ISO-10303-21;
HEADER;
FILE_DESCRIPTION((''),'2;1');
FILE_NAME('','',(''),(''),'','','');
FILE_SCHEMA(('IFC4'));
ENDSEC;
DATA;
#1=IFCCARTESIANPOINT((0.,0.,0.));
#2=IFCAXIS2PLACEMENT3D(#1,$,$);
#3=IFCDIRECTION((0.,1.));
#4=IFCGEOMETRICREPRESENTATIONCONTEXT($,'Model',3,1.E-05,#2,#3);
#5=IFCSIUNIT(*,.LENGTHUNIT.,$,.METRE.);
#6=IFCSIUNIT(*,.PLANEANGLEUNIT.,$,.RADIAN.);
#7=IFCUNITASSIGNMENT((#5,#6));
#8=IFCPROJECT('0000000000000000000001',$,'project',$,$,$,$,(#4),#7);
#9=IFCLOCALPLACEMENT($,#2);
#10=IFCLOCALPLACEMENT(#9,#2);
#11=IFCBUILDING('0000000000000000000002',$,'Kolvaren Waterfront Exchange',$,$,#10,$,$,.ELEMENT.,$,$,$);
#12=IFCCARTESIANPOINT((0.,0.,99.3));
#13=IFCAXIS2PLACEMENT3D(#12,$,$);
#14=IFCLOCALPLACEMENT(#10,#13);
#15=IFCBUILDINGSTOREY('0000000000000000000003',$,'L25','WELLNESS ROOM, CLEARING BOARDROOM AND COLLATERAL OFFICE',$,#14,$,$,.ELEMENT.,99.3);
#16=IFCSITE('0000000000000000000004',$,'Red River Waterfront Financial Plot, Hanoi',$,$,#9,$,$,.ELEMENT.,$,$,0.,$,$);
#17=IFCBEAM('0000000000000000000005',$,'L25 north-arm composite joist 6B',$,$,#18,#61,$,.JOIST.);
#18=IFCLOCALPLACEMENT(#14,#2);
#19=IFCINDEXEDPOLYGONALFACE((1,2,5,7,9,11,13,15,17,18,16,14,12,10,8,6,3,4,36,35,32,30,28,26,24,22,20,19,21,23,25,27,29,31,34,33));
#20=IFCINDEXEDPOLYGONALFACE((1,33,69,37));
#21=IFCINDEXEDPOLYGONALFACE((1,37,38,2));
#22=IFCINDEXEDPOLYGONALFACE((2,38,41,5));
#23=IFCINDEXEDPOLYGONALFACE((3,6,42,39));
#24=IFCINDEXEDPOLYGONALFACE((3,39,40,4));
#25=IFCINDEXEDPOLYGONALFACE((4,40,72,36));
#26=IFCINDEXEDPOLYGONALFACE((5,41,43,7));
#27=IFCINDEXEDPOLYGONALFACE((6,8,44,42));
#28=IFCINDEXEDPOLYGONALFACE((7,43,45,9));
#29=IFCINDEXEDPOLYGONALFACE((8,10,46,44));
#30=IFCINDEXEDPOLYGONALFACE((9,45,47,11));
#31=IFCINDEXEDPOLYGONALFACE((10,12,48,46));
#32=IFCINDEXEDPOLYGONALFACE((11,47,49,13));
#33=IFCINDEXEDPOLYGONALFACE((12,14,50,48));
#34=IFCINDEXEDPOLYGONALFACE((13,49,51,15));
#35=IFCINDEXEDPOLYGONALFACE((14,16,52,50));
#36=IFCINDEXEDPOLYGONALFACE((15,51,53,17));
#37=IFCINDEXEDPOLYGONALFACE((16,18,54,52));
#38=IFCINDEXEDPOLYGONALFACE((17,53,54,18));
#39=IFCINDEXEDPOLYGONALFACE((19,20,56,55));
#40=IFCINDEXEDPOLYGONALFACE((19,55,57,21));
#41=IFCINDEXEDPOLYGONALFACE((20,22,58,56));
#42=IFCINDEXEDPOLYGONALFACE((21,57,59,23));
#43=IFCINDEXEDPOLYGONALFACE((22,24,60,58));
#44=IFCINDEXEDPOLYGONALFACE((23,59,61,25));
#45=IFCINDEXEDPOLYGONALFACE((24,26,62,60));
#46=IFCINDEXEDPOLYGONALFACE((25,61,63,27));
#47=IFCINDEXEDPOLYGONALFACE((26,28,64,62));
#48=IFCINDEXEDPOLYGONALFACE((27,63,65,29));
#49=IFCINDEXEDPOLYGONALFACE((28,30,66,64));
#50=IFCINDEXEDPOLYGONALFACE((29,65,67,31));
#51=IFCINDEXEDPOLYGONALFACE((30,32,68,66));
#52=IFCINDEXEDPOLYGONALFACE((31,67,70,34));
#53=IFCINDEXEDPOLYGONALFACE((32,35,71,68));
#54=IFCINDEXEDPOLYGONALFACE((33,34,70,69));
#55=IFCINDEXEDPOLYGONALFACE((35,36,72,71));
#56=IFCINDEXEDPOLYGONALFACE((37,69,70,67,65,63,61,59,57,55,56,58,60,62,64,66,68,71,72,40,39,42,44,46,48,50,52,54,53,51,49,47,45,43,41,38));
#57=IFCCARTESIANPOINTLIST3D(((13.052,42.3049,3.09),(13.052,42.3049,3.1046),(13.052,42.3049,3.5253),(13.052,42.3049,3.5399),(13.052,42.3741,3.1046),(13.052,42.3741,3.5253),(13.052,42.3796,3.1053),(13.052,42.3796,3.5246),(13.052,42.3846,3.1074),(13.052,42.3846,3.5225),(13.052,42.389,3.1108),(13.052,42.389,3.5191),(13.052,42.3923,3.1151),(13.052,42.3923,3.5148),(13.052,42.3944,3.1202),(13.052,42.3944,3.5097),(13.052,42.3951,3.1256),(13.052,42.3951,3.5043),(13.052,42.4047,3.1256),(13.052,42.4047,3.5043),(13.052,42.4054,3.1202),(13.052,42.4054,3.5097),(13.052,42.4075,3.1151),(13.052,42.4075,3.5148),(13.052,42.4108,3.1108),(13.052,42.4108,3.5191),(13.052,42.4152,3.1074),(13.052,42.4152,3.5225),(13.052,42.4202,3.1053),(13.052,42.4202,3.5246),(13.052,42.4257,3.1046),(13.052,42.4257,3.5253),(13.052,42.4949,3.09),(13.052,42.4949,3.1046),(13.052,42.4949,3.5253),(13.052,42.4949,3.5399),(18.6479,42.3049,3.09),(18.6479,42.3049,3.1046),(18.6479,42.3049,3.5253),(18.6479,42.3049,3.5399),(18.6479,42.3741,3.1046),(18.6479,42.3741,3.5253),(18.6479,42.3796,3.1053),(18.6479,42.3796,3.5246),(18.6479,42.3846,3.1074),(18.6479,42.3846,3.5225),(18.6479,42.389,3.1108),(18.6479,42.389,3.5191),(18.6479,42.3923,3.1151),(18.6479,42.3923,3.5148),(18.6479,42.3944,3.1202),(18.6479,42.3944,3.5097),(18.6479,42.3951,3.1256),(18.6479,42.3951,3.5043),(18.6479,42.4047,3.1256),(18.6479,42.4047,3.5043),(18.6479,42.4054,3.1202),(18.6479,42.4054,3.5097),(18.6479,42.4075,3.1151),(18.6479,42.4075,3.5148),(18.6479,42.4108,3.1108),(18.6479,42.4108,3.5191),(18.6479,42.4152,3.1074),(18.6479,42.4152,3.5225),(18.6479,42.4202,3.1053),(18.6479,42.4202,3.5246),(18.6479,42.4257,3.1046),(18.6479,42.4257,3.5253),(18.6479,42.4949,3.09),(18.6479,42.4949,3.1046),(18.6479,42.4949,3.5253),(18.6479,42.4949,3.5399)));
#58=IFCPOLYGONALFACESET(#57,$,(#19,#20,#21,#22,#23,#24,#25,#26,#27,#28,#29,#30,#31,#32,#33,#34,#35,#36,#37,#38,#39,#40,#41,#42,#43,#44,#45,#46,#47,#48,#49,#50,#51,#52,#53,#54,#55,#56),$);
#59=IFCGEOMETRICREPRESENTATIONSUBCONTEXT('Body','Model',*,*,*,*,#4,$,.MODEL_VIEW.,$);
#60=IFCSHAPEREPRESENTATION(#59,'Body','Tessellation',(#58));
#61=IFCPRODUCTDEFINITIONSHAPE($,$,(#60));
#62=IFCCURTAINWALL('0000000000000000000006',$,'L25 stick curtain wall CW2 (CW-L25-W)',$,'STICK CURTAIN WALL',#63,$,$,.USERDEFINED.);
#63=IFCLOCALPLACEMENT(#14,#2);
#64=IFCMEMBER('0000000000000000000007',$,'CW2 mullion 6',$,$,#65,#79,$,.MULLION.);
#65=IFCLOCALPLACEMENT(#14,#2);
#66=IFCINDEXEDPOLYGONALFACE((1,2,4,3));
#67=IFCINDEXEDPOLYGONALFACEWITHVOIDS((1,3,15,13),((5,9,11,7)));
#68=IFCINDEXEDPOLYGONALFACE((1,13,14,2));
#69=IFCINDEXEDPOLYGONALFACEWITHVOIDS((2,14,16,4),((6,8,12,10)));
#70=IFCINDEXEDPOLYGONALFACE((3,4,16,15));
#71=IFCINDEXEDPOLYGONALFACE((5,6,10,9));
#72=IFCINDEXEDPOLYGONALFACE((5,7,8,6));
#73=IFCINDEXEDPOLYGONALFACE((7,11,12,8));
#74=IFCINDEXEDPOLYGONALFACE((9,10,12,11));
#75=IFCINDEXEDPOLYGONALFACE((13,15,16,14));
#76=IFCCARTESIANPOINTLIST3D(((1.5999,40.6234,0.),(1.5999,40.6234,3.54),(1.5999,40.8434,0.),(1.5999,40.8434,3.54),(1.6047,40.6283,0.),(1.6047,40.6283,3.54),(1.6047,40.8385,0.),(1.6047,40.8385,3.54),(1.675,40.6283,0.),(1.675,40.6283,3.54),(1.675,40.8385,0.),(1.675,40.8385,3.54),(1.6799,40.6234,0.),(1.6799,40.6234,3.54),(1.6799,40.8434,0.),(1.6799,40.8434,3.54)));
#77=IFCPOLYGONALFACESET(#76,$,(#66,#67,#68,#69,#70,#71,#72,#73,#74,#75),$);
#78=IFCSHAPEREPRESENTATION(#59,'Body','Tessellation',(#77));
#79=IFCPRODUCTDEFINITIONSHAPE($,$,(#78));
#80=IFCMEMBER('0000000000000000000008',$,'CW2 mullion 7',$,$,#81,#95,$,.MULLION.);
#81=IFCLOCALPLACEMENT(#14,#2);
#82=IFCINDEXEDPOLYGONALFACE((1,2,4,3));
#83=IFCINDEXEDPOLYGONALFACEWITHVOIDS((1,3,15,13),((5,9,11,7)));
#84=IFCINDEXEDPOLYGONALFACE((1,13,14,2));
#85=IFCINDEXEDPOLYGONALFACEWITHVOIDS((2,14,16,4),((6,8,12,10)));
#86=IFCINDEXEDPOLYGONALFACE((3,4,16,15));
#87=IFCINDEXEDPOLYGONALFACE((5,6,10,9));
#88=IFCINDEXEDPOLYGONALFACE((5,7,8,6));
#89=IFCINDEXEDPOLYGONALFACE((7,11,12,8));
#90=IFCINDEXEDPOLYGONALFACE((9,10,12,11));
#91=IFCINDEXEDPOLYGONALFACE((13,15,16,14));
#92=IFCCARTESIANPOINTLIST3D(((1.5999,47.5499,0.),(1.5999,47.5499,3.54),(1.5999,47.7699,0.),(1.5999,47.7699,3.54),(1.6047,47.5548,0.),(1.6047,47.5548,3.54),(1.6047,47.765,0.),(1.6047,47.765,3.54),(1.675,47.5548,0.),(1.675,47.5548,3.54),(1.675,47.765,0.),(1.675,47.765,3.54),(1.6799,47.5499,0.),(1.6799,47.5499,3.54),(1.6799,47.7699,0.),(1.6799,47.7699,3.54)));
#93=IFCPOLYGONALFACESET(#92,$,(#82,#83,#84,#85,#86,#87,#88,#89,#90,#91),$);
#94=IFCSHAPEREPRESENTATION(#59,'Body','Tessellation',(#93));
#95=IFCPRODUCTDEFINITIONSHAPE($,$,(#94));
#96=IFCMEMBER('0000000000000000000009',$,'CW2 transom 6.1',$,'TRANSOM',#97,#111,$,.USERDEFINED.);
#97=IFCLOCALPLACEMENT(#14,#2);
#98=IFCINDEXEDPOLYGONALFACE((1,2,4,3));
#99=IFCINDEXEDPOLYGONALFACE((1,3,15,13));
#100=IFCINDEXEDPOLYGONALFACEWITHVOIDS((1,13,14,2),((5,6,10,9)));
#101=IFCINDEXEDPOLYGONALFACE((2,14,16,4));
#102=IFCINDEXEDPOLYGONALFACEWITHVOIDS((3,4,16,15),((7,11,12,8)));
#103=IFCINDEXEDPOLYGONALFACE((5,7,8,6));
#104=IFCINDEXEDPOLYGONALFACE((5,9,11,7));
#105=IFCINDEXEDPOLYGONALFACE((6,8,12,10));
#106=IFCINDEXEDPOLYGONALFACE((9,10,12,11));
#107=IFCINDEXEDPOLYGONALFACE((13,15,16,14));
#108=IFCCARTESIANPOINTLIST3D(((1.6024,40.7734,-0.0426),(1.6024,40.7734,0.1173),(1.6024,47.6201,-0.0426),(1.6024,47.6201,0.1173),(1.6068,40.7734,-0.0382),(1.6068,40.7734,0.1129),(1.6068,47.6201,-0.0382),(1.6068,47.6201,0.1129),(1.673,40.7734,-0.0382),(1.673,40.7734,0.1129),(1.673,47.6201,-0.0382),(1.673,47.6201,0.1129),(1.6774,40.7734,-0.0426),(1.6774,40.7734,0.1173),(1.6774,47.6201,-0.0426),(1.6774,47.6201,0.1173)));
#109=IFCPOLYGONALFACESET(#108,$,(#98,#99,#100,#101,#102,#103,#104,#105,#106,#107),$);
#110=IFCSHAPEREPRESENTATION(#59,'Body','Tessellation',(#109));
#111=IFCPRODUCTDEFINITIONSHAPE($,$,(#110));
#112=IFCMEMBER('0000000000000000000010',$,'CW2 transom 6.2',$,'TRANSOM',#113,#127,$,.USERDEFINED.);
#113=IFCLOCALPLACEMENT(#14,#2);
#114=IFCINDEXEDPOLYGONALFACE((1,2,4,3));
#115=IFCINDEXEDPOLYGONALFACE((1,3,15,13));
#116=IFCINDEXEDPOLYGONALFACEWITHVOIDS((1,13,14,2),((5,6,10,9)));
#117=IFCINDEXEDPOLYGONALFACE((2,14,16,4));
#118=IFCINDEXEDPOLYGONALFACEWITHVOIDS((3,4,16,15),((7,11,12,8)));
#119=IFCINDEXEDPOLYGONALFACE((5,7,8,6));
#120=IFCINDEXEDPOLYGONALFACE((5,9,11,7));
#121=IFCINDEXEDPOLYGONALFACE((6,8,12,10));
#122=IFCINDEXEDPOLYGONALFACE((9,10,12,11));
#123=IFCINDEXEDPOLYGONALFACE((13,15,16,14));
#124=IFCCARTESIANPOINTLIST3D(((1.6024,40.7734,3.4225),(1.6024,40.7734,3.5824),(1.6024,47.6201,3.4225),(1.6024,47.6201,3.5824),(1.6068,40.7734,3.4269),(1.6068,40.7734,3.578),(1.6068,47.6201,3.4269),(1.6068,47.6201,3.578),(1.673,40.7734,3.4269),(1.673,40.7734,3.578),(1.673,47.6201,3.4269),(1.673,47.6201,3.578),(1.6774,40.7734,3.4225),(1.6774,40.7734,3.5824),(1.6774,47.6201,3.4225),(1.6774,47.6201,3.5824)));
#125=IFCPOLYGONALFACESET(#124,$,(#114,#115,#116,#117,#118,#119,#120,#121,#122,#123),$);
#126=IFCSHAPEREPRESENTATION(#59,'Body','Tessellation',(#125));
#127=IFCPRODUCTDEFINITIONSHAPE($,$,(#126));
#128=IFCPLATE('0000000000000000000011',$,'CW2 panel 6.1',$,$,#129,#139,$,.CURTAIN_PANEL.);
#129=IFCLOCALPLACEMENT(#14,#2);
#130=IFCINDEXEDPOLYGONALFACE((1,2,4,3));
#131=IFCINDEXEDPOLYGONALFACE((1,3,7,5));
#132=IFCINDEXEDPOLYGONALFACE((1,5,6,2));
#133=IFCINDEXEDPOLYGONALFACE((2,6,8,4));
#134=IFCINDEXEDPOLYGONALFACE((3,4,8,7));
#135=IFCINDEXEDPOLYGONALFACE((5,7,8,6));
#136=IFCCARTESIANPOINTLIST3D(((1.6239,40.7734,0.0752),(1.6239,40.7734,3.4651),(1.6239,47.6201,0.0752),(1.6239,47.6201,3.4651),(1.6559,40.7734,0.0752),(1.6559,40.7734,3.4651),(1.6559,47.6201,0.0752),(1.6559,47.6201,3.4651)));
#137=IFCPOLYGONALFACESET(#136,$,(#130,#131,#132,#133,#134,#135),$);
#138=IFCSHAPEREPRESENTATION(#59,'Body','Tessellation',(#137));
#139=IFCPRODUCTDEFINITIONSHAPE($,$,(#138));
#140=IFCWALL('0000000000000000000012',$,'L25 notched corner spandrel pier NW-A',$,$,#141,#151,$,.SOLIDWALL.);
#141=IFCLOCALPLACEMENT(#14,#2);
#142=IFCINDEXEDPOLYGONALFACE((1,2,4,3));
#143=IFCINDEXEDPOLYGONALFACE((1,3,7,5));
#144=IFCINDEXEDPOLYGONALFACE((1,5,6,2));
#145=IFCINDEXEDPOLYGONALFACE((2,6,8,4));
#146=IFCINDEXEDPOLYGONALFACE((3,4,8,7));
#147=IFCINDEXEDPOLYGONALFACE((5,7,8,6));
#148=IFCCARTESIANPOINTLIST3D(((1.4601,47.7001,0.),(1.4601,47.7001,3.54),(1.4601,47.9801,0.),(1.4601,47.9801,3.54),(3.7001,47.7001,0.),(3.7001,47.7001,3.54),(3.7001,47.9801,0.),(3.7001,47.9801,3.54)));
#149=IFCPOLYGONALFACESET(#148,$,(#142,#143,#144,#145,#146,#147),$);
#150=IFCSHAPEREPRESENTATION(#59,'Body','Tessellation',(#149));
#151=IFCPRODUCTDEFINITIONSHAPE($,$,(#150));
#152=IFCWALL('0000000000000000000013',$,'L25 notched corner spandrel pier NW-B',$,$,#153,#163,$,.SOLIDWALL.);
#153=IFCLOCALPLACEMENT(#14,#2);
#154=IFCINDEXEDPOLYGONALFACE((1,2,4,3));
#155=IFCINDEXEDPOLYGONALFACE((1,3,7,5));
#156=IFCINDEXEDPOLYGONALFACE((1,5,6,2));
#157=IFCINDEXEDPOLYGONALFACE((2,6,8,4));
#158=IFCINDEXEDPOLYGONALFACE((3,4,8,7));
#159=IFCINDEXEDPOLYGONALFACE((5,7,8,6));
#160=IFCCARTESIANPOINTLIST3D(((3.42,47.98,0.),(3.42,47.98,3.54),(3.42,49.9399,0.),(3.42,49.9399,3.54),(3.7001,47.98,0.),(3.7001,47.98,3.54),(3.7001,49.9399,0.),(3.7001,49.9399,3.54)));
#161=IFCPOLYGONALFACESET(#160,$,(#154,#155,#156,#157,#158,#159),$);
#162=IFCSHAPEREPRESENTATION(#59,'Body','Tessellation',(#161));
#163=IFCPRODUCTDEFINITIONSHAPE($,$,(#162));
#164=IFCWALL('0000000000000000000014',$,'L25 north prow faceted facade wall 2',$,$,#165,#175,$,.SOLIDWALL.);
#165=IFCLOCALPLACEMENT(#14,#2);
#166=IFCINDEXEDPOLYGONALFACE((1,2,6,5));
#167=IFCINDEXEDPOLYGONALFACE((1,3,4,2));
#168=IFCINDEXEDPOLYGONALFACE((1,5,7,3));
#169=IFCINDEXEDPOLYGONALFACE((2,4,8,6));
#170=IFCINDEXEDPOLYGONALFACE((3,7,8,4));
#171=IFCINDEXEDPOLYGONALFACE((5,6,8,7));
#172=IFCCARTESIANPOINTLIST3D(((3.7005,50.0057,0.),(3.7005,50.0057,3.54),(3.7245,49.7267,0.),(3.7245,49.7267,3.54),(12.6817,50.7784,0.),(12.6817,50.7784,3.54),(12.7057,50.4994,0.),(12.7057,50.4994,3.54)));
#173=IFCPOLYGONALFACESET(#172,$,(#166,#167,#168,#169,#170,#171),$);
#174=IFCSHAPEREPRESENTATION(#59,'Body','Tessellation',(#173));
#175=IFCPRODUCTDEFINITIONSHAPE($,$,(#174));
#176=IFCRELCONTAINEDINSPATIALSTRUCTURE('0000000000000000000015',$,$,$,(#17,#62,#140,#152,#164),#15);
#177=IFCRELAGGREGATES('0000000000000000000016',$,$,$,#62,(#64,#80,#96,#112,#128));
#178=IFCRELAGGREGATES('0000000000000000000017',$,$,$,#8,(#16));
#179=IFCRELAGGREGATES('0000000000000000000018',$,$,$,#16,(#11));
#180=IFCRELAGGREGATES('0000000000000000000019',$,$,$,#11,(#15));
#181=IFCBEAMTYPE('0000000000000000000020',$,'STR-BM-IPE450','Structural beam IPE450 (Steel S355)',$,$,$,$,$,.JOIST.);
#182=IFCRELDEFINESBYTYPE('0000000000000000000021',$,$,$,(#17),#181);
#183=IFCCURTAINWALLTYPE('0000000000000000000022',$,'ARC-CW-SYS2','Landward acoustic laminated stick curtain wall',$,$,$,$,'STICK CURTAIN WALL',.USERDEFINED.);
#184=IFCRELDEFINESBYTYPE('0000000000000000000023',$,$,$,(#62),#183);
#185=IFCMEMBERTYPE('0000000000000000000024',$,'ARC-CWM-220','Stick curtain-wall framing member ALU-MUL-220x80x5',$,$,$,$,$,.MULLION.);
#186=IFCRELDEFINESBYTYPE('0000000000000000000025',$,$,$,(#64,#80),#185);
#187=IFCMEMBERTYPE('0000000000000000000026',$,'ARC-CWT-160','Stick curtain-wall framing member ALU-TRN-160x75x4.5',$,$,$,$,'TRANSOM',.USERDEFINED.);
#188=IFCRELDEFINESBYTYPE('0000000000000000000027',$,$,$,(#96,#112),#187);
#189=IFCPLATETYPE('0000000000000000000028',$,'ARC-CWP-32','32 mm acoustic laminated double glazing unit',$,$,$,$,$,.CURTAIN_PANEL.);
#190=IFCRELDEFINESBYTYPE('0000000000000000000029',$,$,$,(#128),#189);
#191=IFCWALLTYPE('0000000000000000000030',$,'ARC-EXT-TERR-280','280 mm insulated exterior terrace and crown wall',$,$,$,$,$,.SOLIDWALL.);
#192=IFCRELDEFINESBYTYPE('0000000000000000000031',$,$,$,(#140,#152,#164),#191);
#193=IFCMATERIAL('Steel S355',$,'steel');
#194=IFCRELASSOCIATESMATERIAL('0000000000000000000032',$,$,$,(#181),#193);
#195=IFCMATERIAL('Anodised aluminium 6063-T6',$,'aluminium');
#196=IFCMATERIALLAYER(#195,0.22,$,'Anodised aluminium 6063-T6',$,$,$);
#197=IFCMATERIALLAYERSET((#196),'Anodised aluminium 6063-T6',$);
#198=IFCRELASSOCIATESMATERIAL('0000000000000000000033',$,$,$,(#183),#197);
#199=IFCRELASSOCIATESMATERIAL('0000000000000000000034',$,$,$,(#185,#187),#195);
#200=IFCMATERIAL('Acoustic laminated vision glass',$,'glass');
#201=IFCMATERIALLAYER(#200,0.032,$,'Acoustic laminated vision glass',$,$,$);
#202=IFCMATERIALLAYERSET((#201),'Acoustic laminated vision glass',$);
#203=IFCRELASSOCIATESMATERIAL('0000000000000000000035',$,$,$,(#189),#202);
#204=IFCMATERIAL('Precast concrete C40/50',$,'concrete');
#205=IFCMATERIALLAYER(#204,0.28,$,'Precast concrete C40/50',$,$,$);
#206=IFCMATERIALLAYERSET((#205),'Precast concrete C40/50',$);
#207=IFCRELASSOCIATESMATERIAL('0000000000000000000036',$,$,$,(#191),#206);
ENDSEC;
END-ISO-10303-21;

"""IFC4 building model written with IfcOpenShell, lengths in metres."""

from ifc_helpers import new_model, si_unit, direction, frame, frame_2d, origin, origin_with_axes, origin_2d, place, context, subcontext, project, spatial, rectangle, hollow_rectangle, i_section, extrude, source, transform, mapped, material, layer, layer_set, material_profile, profile_set, type_object, element, aggregate, save


model = new_model("IFC4")

# Units and contexts
model_context = context("Model", 3, precision=1e-05, world=origin(), true_north=direction((0.0, 1.0)))
body_context = subcontext(model_context, "Body", "Model", "MODEL_VIEW")
ifc_project = project(units=[si_unit("LENGTHUNIT", "METRE"), si_unit("PLANEANGLEUNIT", "RADIAN")], contexts=[model_context])

# Site, building, storey
site_placement = place(None, origin())
site = spatial("IfcSite", under=ifc_project, at=site_placement, Name="Red River Waterfront Financial Plot, Hanoi", CompositionType="ELEMENT", RefElevation=0.0)
building_placement = place(site_placement, origin())
building = spatial("IfcBuilding", under=site, at=building_placement, Name="Kolvaren Waterfront Exchange", CompositionType="ELEMENT")
storey_placement = place(building_placement, frame((0.0, 0.0, 99.3)))
storey = spatial("IfcBuildingStorey", under=building, at=storey_placement, Name="L25", Description="WELLNESS ROOM, CLEARING BOARDROOM AND COLLATERAL OFFICE", CompositionType="ELEMENT", Elevation=99.3)

# Beam
ifc_material_1 = material(Name="Steel S355", Category="steel")
ifc_material_profile_1 = material_profile(ifc_material_1, i_section(OverallWidth=0.1899, OverallDepth=0.45, WebThickness=0.0095, FlangeThickness=0.0146, FilletRadius=0.021, at=origin_2d()), Name="IPE450")
ifc_profile_set_1 = profile_set([ifc_material_profile_1], Name="Steel S355")
beam_type_1 = type_object("IfcBeamType", Name="STR-BM-IPE450", Description="Structural beam IPE450 (Steel S355)", PredefinedType="JOIST", material=ifc_profile_set_1)
beam_1_placement = place(storey_placement, frame((13.052, 42.3999, 3.3149), z_axis=(1.0, 0.0, 0.0), x_axis=(0.0, 1.0, 0.0)))
element("IfcBeam", 1, at=beam_1_placement, inside=storey, type_object=beam_type_1, Name="L25 north-arm composite joist 6B", PredefinedType="JOIST", context=body_context, shape_type="SweptSolid", body=[
    extrude(i_section(OverallWidth=0.1899, OverallDepth=0.45, WebThickness=0.0095, FlangeThickness=0.0146, FilletRadius=0.021, at=origin_2d()), origin(), (0.0, 0.0, 1.0), 5.5959),
])

# Curtain wall, members, plate
ifc_material_2 = material(Name="Anodised aluminium 6063-T6", Category="aluminium")
ifc_layer_1 = layer(ifc_material_2, 0.22, Name="Anodised aluminium 6063-T6")
ifc_layer_set_1 = layer_set([ifc_layer_1], Name="Anodised aluminium 6063-T6")
curtain_wall_type = type_object("IfcCurtainWallType", Name="ARC-CW-SYS2", Description="Landward acoustic laminated stick curtain wall", ElementType="STICK CURTAIN WALL", PredefinedType="USERDEFINED", material=ifc_layer_set_1)
curtain_wall_placement = place(storey_placement, origin())
curtain_wall = element("IfcCurtainWall", 2, at=curtain_wall_placement, inside=storey, type_object=curtain_wall_type, Name="L25 stick curtain wall CW2 (CW-L25-W)", ObjectType="STICK CURTAIN WALL", PredefinedType="USERDEFINED")
ifc_material_profile_2 = material_profile(ifc_material_2, hollow_rectangle(XDim=0.0801, YDim=0.22, WallThickness=0.0049, at=origin_2d()), Name="ALU-MUL-220x80x5")
ifc_profile_set_2 = profile_set([ifc_material_profile_2], Name="Anodised aluminium 6063-T6")
member_type_1 = type_object("IfcMemberType", Name="ARC-CWM-220", Description="Stick curtain-wall framing member ALU-MUL-220x80x5", PredefinedType="MULLION", material=ifc_profile_set_2)
shared_shape_1 = source(origin_with_axes(), body_context, "Body", "SweptSolid", [
    extrude(hollow_rectangle(XDim=0.0801, YDim=0.22, WallThickness=0.0049, at=origin_2d()), origin(), (0.0, 0.0, 1.0), 3.54),
])
member_1_placement = place(storey_placement, frame((1.6399, 40.7334, 0.0), z_axis=(0.0, 0.0, 1.0), x_axis=(-1.0, 0.0, 0.0)))
member_1 = element("IfcMember", 3, at=member_1_placement, type_object=member_type_1, Name="CW2 mullion 6", PredefinedType="MULLION", context=body_context, shape_type="MappedRepresentation", body=[
    mapped(shared_shape_1, transform((0.0, 0.0, 0.0), x_axis=(1.0, 0.0, 0.0), y_axis=(0.0, 1.0, 0.0), z_axis=(0.0, 0.0, 1.0), scale=1.0)),
])
member_2_placement = place(storey_placement, frame((1.6399, 47.6599, 0.0), z_axis=(0.0, 0.0, 1.0), x_axis=(-1.0, 0.0, 0.0)))
member_2 = element("IfcMember", 4, at=member_2_placement, type_object=member_type_1, Name="CW2 mullion 7", PredefinedType="MULLION", context=body_context, shape_type="MappedRepresentation", body=[
    mapped(shared_shape_1, transform((0.0, 0.0, 0.0), x_axis=(1.0, 0.0, 0.0), y_axis=(0.0, 1.0, 0.0), z_axis=(0.0, 0.0, 1.0), scale=1.0)),
])
ifc_material_profile_3 = material_profile(ifc_material_2, hollow_rectangle(XDim=0.075, YDim=0.1599, WallThickness=0.0044, at=origin_2d()), Name="ALU-TRN-160x75x4.5")
ifc_profile_set_3 = profile_set([ifc_material_profile_3], Name="Anodised aluminium 6063-T6")
member_type_2 = type_object("IfcMemberType", Name="ARC-CWT-160", Description="Stick curtain-wall framing member ALU-TRN-160x75x4.5", ElementType="TRANSOM", PredefinedType="USERDEFINED", material=ifc_profile_set_3)
shared_shape_2 = source(origin_with_axes(), body_context, "Body", "SweptSolid", [
    extrude(hollow_rectangle(XDim=0.075, YDim=0.1599, WallThickness=0.0044, at=origin_2d()), origin(), (0.0, 0.0, 1.0), 6.8467),
])
member_3_placement = place(storey_placement, frame((1.6399, 40.7734, 0.0374), z_axis=(0.0, 1.0, 0.0), x_axis=(-1.0, 0.0, 0.0)))
member_3 = element("IfcMember", 5, at=member_3_placement, type_object=member_type_2, Name="CW2 transom 6.1", ObjectType="TRANSOM", PredefinedType="USERDEFINED", context=body_context, shape_type="MappedRepresentation", body=[
    mapped(shared_shape_2, transform((0.0, 0.0, 0.0), x_axis=(1.0, 0.0, 0.0), y_axis=(0.0, 1.0, 0.0), z_axis=(0.0, 0.0, 1.0), scale=1.0)),
])
member_4_placement = place(storey_placement, frame((1.6399, 40.7734, 3.5024), z_axis=(0.0, 1.0, 0.0), x_axis=(-1.0, 0.0, 0.0)))
member_4 = element("IfcMember", 6, at=member_4_placement, type_object=member_type_2, Name="CW2 transom 6.2", ObjectType="TRANSOM", PredefinedType="USERDEFINED", context=body_context, shape_type="MappedRepresentation", body=[
    mapped(shared_shape_2, transform((0.0, 0.0, 0.0), x_axis=(1.0, 0.0, 0.0), y_axis=(0.0, 1.0, 0.0), z_axis=(0.0, 0.0, 1.0), scale=1.0)),
])
ifc_material_3 = material(Name="Acoustic laminated vision glass", Category="glass")
ifc_layer_2 = layer(ifc_material_3, 0.032, Name="Acoustic laminated vision glass")
ifc_layer_set_2 = layer_set([ifc_layer_2], Name="Acoustic laminated vision glass")
plate_type = type_object("IfcPlateType", Name="ARC-CWP-32", Description="32 mm acoustic laminated double glazing unit", PredefinedType="CURTAIN_PANEL", material=ifc_layer_set_2)
shared_shape_3 = source(origin_with_axes(), body_context, "Body", "SweptSolid", [
    extrude(rectangle(XDim=6.8467, YDim=0.032, at=origin_2d()), origin(), (0.0, 0.0, 1.0), 3.3899),
])
plate_placement = place(storey_placement, frame((1.6399, 44.1968, 0.0752), z_axis=(0.0, 0.0, 1.0), x_axis=(0.0, 1.0, 0.0)))
plate = element("IfcPlate", 7, at=plate_placement, type_object=plate_type, Name="CW2 panel 6.1", PredefinedType="CURTAIN_PANEL", context=body_context, shape_type="MappedRepresentation", body=[
    mapped(shared_shape_3, transform((0.0, 0.0, 0.0), x_axis=(1.0, 0.0, 0.0), y_axis=(0.0, 1.0, 0.0), z_axis=(0.0, 0.0, 1.0), scale=1.0)),
])
aggregate(curtain_wall, [member_1, member_2, member_3, member_4, plate])

# Walls
ifc_material_4 = material(Name="Precast concrete C40/50", Category="concrete")
ifc_layer_3 = layer(ifc_material_4, 0.28, Name="Precast concrete C40/50")
ifc_layer_set_3 = layer_set([ifc_layer_3], Name="Precast concrete C40/50")
wall_type_1 = type_object("IfcWallType", Name="ARC-EXT-TERR-280", Description="280 mm insulated exterior terrace and crown wall", PredefinedType="SOLIDWALL", material=ifc_layer_set_3)
wall_1_placement = place(storey_placement, frame((1.46, 47.8401, 0.0), z_axis=(0.0, 0.0, 1.0), x_axis=(1.0, 0.0, 0.0)))
element("IfcWall", 8, at=wall_1_placement, inside=storey, type_object=wall_type_1, Name="L25 notched corner spandrel pier NW-A", PredefinedType="SOLIDWALL", context=body_context, shape_type="SweptSolid", body=[
    extrude(rectangle(XDim=2.24, YDim=0.28, at=frame_2d((1.1201, 0.0))), origin(), (0.0, 0.0, 1.0), 3.54),
])
wall_2_placement = place(storey_placement, frame((3.5601, 47.98, 0.0), z_axis=(0.0, 0.0, 1.0), x_axis=(0.0, 1.0, 0.0)))
element("IfcWall", 9, at=wall_2_placement, inside=storey, type_object=wall_type_1, Name="L25 notched corner spandrel pier NW-B", PredefinedType="SOLIDWALL", context=body_context, shape_type="SweptSolid", body=[
    extrude(rectangle(XDim=1.96, YDim=0.28, at=frame_2d((0.98, 0.0))), origin(), (0.0, 0.0, 1.0), 3.54),
])
wall_3_placement = place(storey_placement, frame((12.6938, 50.6389, 0.0), z_axis=(0.0, 0.0, 1.0), x_axis=(-0.996319, -0.085719, 0.0)))
element("IfcWall", 10, at=wall_3_placement, inside=storey, type_object=wall_type_1, Name="L25 north prow faceted facade wall 2", PredefinedType="SOLIDWALL", context=body_context, shape_type="SweptSolid", body=[
    extrude(rectangle(XDim=9.0144, YDim=0.28, at=frame_2d((4.5073, 0.0))), origin(), (0.0, 0.0, 1.0), 3.54),
])

save(model, "model.ifc")
